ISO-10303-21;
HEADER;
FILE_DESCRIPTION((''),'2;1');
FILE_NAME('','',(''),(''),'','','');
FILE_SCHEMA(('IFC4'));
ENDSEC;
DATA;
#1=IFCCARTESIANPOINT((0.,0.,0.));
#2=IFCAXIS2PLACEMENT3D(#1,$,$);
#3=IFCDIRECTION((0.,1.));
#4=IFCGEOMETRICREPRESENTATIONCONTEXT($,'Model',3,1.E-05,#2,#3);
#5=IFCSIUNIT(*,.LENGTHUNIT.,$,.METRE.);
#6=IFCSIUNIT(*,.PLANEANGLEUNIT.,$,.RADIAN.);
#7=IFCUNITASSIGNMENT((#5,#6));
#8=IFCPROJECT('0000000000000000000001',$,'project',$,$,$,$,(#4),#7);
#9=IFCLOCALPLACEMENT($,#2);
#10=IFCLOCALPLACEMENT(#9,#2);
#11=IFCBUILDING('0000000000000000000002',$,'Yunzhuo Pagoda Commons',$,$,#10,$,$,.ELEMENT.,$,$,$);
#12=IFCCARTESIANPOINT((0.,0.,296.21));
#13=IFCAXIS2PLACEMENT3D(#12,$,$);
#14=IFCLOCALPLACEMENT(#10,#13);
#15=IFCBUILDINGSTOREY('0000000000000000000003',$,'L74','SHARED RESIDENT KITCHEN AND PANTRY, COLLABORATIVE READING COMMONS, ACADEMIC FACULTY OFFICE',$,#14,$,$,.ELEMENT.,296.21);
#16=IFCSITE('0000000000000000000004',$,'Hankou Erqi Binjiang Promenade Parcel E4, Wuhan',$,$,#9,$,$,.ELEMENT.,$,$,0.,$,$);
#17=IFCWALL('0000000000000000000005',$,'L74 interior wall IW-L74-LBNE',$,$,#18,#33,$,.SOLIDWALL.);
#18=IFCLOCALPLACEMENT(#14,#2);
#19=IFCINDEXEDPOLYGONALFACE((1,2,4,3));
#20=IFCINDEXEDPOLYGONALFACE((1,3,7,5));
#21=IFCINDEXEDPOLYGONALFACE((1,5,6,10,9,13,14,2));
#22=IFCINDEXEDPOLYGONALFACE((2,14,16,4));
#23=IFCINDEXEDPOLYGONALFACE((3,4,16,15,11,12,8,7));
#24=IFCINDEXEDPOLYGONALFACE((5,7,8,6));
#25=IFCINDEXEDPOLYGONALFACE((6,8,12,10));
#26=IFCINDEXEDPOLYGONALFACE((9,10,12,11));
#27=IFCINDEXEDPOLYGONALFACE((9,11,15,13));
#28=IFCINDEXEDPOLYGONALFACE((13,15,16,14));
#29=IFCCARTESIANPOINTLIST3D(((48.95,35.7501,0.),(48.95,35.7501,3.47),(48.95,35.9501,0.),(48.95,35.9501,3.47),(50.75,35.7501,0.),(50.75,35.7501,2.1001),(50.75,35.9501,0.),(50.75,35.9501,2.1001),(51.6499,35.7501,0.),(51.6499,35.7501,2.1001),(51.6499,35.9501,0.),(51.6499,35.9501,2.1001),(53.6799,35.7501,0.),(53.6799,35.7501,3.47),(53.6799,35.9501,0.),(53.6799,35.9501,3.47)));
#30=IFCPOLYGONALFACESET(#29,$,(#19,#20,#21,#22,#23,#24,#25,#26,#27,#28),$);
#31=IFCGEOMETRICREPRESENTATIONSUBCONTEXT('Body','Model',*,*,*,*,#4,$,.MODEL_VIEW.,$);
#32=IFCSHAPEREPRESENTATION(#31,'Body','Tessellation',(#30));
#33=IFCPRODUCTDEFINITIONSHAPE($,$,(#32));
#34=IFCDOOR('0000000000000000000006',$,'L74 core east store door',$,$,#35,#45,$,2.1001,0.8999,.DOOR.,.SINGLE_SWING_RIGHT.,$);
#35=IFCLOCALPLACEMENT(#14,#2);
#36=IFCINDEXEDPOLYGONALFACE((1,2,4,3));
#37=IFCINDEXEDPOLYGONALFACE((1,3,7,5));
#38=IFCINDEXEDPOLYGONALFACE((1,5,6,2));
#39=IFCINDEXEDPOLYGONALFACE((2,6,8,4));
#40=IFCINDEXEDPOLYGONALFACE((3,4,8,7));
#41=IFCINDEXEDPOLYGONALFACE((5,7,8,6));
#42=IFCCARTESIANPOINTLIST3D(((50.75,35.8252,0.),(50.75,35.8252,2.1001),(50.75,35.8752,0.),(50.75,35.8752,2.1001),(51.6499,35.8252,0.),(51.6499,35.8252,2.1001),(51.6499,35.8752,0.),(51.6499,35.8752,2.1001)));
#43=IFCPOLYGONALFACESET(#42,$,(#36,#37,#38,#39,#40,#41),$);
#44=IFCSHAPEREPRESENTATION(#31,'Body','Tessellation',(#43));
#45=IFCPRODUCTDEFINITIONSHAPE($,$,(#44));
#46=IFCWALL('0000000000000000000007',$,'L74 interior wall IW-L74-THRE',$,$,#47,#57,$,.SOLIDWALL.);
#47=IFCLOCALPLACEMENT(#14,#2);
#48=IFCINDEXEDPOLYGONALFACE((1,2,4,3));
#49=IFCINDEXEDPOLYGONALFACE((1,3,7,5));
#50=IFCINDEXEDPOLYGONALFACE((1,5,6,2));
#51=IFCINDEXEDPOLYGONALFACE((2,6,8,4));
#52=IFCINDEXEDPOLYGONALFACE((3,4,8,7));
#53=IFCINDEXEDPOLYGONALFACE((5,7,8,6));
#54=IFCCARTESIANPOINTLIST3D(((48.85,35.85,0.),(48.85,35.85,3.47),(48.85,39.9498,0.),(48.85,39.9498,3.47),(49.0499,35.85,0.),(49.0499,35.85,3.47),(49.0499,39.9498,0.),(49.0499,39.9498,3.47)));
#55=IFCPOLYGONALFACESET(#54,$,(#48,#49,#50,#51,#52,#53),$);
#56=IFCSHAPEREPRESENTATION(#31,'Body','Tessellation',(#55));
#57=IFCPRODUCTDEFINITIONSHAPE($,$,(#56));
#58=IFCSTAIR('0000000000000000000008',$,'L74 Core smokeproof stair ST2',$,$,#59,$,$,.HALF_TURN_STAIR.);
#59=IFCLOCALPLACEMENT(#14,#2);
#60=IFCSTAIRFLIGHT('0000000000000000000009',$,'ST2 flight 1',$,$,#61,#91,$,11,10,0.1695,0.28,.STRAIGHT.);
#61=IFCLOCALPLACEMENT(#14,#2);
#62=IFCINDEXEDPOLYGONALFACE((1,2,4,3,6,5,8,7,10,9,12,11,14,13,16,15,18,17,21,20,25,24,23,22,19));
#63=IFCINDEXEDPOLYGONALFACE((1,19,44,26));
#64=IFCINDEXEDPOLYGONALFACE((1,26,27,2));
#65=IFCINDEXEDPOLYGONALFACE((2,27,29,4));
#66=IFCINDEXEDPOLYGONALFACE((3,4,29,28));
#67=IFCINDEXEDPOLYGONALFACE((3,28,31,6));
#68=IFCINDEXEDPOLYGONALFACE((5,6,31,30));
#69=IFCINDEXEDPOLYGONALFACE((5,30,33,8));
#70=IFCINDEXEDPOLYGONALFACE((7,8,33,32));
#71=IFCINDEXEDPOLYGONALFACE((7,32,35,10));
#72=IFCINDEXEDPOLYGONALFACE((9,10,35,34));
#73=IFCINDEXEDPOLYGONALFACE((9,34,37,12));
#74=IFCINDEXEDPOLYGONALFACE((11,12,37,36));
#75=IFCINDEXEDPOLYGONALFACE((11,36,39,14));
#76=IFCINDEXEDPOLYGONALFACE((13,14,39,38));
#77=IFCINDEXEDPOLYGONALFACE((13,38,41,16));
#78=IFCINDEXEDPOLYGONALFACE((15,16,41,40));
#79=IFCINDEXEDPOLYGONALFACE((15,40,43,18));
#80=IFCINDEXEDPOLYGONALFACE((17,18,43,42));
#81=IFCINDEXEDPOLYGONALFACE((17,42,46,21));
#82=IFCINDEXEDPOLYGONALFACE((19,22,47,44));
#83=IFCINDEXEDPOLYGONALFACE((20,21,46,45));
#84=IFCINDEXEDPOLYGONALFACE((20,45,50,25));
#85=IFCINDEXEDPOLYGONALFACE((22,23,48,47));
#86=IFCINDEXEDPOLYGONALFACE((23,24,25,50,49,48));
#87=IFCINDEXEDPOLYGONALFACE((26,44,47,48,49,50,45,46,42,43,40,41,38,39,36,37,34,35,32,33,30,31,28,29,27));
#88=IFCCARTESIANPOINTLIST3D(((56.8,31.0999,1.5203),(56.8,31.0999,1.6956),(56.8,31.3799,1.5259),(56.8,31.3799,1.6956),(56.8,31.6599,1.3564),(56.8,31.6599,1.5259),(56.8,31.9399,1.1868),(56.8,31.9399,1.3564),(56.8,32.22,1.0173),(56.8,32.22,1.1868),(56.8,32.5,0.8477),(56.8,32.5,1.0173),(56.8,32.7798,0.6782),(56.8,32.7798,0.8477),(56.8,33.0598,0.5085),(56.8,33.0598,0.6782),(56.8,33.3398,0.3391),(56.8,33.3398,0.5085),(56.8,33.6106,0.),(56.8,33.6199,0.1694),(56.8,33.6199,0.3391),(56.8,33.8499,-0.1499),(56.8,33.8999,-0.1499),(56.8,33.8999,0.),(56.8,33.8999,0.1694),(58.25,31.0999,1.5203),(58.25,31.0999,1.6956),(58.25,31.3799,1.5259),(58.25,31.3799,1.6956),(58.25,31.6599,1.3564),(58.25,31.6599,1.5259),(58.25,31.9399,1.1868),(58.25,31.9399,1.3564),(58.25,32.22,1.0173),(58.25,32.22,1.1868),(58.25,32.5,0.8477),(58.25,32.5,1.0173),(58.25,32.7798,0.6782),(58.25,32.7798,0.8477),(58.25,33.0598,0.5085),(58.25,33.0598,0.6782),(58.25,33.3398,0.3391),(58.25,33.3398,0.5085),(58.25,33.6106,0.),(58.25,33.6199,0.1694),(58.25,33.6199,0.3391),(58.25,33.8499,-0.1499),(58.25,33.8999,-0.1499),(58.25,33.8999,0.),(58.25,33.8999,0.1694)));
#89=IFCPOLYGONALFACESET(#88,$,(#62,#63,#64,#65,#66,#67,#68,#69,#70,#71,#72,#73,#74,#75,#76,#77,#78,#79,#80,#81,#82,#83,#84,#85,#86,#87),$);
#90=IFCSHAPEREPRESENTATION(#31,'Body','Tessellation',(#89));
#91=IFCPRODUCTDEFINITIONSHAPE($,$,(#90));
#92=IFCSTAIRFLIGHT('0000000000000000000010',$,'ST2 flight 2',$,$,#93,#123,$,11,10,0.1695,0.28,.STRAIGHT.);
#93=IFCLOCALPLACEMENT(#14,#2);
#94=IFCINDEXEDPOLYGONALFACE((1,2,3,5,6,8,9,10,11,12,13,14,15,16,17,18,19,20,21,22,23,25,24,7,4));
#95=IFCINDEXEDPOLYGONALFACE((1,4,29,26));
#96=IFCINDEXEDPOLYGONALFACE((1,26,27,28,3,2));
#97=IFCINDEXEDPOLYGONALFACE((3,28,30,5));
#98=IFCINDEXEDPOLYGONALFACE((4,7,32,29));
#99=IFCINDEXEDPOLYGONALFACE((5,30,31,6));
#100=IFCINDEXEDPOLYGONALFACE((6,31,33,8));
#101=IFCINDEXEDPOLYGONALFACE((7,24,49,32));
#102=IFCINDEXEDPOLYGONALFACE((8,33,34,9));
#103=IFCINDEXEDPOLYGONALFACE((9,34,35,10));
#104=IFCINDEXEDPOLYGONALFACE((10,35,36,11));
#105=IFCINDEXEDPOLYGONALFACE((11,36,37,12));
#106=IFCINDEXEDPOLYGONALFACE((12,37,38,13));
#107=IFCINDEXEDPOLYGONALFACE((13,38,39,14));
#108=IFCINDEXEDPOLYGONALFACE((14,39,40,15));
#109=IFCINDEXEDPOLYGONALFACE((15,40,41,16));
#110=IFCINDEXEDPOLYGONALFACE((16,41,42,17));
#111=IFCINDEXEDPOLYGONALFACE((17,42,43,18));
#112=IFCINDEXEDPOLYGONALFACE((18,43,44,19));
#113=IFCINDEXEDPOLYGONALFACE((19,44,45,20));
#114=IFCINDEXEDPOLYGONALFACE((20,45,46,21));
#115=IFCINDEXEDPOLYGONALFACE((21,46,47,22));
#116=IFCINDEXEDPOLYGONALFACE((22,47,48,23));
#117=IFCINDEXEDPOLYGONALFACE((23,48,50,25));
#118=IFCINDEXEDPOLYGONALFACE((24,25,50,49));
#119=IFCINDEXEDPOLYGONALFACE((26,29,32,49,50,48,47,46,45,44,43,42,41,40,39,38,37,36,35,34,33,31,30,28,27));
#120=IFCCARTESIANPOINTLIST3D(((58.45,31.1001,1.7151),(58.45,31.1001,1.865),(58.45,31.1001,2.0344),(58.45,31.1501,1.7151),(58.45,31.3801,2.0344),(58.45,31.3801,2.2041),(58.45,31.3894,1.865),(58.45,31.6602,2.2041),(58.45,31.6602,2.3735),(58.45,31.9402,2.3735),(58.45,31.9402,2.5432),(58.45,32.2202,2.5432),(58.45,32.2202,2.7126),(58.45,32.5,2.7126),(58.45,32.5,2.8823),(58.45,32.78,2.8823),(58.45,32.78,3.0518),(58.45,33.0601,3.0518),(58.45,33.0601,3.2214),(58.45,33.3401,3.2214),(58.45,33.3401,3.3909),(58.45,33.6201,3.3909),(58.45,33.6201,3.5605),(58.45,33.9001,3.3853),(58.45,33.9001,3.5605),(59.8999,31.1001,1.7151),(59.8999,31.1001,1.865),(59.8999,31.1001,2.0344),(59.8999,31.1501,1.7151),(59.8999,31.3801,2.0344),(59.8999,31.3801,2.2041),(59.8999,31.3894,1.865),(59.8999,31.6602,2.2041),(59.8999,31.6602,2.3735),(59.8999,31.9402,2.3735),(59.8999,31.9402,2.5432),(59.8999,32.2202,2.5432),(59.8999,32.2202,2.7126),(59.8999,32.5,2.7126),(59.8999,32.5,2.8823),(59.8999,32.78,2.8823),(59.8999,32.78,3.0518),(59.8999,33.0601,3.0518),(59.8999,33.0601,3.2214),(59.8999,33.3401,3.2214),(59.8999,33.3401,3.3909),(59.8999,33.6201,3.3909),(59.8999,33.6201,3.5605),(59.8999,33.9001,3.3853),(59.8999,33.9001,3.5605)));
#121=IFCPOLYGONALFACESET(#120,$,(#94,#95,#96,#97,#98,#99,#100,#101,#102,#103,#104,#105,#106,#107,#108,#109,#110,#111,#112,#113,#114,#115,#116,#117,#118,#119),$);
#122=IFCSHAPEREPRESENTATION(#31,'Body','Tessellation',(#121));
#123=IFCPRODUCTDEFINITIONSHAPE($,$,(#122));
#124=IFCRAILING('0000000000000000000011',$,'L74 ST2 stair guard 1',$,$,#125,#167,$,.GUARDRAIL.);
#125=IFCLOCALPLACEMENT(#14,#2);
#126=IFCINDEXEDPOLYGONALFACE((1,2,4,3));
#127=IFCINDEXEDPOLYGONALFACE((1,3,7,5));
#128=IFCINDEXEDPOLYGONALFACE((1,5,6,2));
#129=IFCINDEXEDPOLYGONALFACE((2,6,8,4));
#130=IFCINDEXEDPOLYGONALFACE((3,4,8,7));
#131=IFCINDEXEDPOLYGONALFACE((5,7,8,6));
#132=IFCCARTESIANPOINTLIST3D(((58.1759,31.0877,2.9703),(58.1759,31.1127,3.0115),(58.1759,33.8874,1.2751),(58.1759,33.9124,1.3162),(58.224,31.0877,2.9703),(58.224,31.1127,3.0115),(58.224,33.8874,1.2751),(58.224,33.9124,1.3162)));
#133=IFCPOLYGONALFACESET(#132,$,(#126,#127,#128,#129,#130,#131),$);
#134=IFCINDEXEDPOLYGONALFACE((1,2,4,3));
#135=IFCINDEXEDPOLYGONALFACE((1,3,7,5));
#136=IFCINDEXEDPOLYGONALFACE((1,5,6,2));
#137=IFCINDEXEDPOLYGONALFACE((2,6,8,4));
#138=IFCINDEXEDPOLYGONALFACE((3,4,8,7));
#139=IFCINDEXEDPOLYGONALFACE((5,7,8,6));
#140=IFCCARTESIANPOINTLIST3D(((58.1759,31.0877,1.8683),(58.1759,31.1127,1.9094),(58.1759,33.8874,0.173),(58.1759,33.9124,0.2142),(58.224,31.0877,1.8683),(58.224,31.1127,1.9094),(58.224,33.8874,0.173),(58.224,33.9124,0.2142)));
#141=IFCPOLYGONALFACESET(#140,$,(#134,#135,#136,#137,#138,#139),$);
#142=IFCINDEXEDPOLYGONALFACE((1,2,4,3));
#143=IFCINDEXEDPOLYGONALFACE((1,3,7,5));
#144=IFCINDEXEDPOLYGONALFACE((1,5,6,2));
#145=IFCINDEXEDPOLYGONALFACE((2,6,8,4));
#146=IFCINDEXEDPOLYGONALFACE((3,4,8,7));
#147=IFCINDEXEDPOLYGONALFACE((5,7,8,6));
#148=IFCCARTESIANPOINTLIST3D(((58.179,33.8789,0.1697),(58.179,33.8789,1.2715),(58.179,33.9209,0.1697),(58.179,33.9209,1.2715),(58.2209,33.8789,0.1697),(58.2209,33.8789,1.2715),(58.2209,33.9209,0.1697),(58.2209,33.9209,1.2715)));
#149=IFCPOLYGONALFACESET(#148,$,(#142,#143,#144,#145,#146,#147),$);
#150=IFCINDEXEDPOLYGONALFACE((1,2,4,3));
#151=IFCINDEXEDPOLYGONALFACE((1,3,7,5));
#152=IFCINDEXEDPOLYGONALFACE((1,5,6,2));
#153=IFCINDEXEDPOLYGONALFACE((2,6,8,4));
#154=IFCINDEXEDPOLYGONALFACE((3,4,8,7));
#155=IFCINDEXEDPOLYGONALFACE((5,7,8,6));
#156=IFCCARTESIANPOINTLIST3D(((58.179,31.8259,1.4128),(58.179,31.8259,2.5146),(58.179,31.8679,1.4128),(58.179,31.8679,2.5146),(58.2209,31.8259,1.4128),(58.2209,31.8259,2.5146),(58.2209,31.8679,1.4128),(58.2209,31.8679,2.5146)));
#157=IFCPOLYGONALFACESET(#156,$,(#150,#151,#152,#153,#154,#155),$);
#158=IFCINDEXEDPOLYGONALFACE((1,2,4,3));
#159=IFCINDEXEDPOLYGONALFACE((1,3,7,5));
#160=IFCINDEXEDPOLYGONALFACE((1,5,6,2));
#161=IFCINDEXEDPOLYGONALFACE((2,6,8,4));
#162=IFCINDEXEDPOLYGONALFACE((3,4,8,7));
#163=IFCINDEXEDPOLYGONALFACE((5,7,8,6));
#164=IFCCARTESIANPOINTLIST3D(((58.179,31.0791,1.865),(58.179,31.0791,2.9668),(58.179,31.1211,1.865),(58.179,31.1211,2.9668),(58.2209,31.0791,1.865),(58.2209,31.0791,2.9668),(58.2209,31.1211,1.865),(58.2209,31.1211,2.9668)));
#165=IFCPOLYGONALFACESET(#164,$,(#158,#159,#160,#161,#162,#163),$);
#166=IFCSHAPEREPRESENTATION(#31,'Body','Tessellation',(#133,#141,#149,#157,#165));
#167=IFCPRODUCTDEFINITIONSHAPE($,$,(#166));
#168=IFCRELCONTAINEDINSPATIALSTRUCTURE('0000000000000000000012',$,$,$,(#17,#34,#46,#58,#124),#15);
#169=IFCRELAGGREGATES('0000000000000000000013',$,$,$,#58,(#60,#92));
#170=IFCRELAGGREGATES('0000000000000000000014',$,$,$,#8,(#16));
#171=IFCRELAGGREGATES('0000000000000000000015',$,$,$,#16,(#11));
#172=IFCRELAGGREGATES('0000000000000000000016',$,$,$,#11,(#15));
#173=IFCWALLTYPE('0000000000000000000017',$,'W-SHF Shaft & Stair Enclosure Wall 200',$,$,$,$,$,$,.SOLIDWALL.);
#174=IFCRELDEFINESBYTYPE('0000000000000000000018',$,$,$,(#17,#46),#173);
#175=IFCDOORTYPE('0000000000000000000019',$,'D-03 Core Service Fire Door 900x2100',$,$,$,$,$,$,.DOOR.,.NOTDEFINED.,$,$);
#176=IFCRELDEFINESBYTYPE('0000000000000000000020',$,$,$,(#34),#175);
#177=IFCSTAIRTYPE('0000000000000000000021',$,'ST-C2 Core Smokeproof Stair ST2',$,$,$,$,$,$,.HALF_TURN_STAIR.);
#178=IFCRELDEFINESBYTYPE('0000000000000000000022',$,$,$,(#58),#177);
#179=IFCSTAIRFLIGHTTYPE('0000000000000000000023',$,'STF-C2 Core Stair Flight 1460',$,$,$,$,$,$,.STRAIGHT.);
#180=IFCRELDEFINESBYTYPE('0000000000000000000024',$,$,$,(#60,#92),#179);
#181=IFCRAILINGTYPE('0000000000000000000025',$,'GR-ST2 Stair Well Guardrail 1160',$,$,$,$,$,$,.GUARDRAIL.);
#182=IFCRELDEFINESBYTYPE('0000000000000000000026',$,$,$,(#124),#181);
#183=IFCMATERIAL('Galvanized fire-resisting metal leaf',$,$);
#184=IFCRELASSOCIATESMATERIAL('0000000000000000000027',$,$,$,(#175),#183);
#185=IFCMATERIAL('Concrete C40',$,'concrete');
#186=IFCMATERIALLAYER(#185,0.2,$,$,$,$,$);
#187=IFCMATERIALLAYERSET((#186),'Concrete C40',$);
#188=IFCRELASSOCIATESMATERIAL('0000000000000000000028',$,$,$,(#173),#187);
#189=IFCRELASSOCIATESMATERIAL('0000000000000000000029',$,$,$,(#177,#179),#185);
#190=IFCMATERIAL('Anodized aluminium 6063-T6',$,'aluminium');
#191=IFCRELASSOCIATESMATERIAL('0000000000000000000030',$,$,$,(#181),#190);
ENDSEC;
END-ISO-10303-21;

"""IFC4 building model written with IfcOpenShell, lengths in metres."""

from ifc_helpers import new_model, si_unit, direction, frame, frame_2d, origin, origin_2d, place, context, subcontext, project, spatial, polyline, rectangle, outline, extrude, source, transform, mapped, material, layer, layer_set, type_object, element, fill, aggregate, save


model = new_model("IFC4")

# Units and contexts
model_context = context("Model", 3, precision=1e-05, world=origin(), true_north=direction((0.0, 1.0)))
body_context = subcontext(model_context, "Body", "Model", "MODEL_VIEW")
ifc_project = project(units=[si_unit("LENGTHUNIT", "METRE"), si_unit("PLANEANGLEUNIT", "RADIAN")], contexts=[model_context])

# Site, building, storey
site_placement = place(None, origin())
site = spatial("IfcSite", under=ifc_project, at=site_placement, Name="Hankou Erqi Binjiang Promenade Parcel E4, Wuhan", CompositionType="ELEMENT", RefElevation=0.0)
building_placement = place(site_placement, origin())
building = spatial("IfcBuilding", under=site, at=building_placement, Name="Yunzhuo Pagoda Commons", CompositionType="ELEMENT")
storey_placement = place(building_placement, frame((0.0, 0.0, 296.21)))
storey = spatial("IfcBuildingStorey", under=building, at=storey_placement, Name="L74", Description="SHARED RESIDENT KITCHEN AND PANTRY, COLLABORATIVE READING COMMONS, ACADEMIC FACULTY OFFICE", CompositionType="ELEMENT", Elevation=296.21)

# Shared definitions
ifc_material_1 = material(Name="Galvanized fire-resisting metal leaf")

# Shared definitions
door_type_1 = type_object("IfcDoorType", Name="D-03 Core Service Fire Door 900x2100", OperationType="NOTDEFINED", PredefinedType="DOOR", material=ifc_material_1)
shared_shape_1 = source(origin(), body_context, "Body", "SweptSolid", [
    extrude(rectangle(XDim=0.8999, YDim=2.1001, at=frame_2d((0.45, 1.05))), frame((0.0, 0.0249, 0.0), z_axis=(0.0, -1.0, 0.0), x_axis=(1.0, 0.0, 0.0)), (0.0, 0.0, 1.0), 0.05),
])

# Shared definitions
ifc_material_2 = material(Name="Concrete C40", Category="concrete")
ifc_layer_1 = layer(ifc_material_2, 0.2)
ifc_layer_set_1 = layer_set([ifc_layer_1], Name="Concrete C40")
wall_type_1 = type_object("IfcWallType", Name="W-SHF Shaft & Stair Enclosure Wall 200", PredefinedType="SOLIDWALL", material=ifc_layer_set_1)

# Wall, opening, door
wall_1_placement = place(storey_placement, frame((48.95, 35.8501, 0.0), z_axis=(0.0, 0.0, 1.0), x_axis=(1.0, 0.0, 0.0)))
wall_1 = element("IfcWall", 1, at=wall_1_placement, inside=storey, type_object=wall_type_1, Name="L74 interior wall IW-L74-LBNE", PredefinedType="SOLIDWALL", context=body_context, shape_type="SweptSolid", body=[
    extrude(rectangle(XDim=4.73, YDim=0.2, at=frame_2d((2.365, 0.0))), origin(), (0.0, 0.0, 1.0), 3.47),
])
opening_1_placement = place(wall_1_placement, frame((1.8, 0.0, 0.0)))
opening_1 = element("IfcOpeningElement", 2, at=opening_1_placement, cuts=wall_1, PredefinedType="OPENING", context=body_context, shape_type="SweptSolid", body=[
    extrude(rectangle(XDim=0.8999, YDim=2.1001, at=frame_2d((0.45, 1.05))), frame((0.0, 0.1099, 0.0), z_axis=(0.0, -1.0, 0.0), x_axis=(1.0, 0.0, 0.0)), (0.0, 0.0, 1.0), 0.22),
])
door_1_placement = place(opening_1_placement, frame((0.8999, 0.0, 0.0), z_axis=(0.0, 0.0, 1.0), x_axis=(-1.0, 0.0, 0.0)))
door_1 = element("IfcDoor", 3, at=door_1_placement, inside=storey, type_object=door_type_1, Name="L74 core east store door", OperationType="SINGLE_SWING_RIGHT", OverallHeight=2.1001, OverallWidth=0.8999, PredefinedType="DOOR", context=body_context, shape_type="MappedRepresentation", body=[
    mapped(shared_shape_1, transform((0.0, 0.0, 0.0), scale=1.0)),
])
fill(opening_1, door_1)

# Wall
wall_2_placement = place(storey_placement, frame((48.95, 35.8501, 0.0), z_axis=(0.0, 0.0, 1.0), x_axis=(0.0, 1.0, 0.0)))
element("IfcWall", 4, at=wall_2_placement, inside=storey, type_object=wall_type_1, Name="L74 interior wall IW-L74-THRE", PredefinedType="SOLIDWALL", context=body_context, shape_type="SweptSolid", body=[
    extrude(rectangle(XDim=4.0999, YDim=0.2, at=frame_2d((2.0498, 0.0))), origin(), (0.0, 0.0, 1.0), 3.47),
])

# Stair, stair flights
stair_type = type_object("IfcStairType", Name="ST-C2 Core Smokeproof Stair ST2", PredefinedType="HALF_TURN_STAIR", material=ifc_material_2)
stair_placement = place(storey_placement, origin())
stair = element("IfcStair", 5, at=stair_placement, inside=storey, type_object=stair_type, Name="L74 Core smokeproof stair ST2", PredefinedType="HALF_TURN_STAIR")
stair_flight_type = type_object("IfcStairFlightType", Name="STF-C2 Core Stair Flight 1460", PredefinedType="STRAIGHT", material=ifc_material_2)
shared_shape_2 = source(origin(), body_context, "Body", "SweptSolid", [
    extrude(outline(polyline([(0.0, -0.1499), (0.0, 0.0), (0.0, 0.1694), (0.28, 0.1694), (0.28, 0.3391), (0.5601, 0.3391), (0.5601, 0.5085), (0.8401, 0.5085), (0.8401, 0.6782), (1.1201, 0.6782), (1.1201, 0.8477), (1.3999, 0.8477), (1.3999, 1.0173), (1.6799, 1.0173), (1.6799, 1.1868), (1.96, 1.1868), (1.96, 1.3564), (2.24, 1.3564), (2.24, 1.5259), (2.52, 1.5259), (2.52, 1.6956), (2.8, 1.6956), (2.8, 1.865), (2.8, 1.5203), (0.2893, 0.0), (0.05, -0.1499), (0.0, -0.1499)])), frame((0.0, 0.7251, 0.0), z_axis=(0.0, -1.0, 0.0), x_axis=(1.0, 0.0, 0.0)), (0.0, 0.0, 1.0), 1.45),
])
stair_flight_1_placement = place(storey_placement, frame((57.5249, 33.8999, 0.0), z_axis=(0.0, 0.0, 1.0), x_axis=(0.0, -1.0, 0.0)))
stair_flight_1 = element("IfcStairFlight", 6, at=stair_flight_1_placement, type_object=stair_flight_type, Name="ST2 flight 1", NumberOfRisers=11, NumberOfTreads=10, PredefinedType="STRAIGHT", RiserHeight=0.1695, TreadLength=0.28, context=body_context, shape_type="MappedRepresentation", body=[
    mapped(shared_shape_2, transform((0.0, 0.0, 0.0), scale=1.0)),
])
stair_flight_2_placement = place(storey_placement, frame((59.175, 31.1001, 1.865), z_axis=(0.0, 0.0, 1.0), x_axis=(0.0, 1.0, 0.0)))
stair_flight_2 = element("IfcStairFlight", 7, at=stair_flight_2_placement, type_object=stair_flight_type, Name="ST2 flight 2", NumberOfRisers=11, NumberOfTreads=10, PredefinedType="STRAIGHT", RiserHeight=0.1695, TreadLength=0.28, context=body_context, shape_type="MappedRepresentation", body=[
    mapped(shared_shape_2, transform((0.0, 0.0, 0.0), scale=1.0)),
])
aggregate(stair, [stair_flight_1, stair_flight_2])

# Railing
ifc_material_3 = material(Name="Anodized aluminium 6063-T6", Category="aluminium")
railing_type_1 = type_object("IfcRailingType", Name="GR-ST2 Stair Well Guardrail 1160", PredefinedType="GUARDRAIL", material=ifc_material_3)
railing_1_placement = place(storey_placement, frame((58.2, 33.8999, 0.1697)))
element("IfcRailing", 8, at=railing_1_placement, inside=storey, type_object=railing_type_1, Name="L74 ST2 stair guard 1", PredefinedType="GUARDRAIL", context=body_context, shape_type="SweptSolid", body=[
    extrude(rectangle(XDim=0.0481, YDim=0.0481, at=origin_2d()), frame((0.0, 0.0, 1.126), z_axis=(0.0, -0.855406, 0.517958), x_axis=(1.0, 0.0, 0.0)), (0.0, 0.0, 1.0), 3.2729),
    extrude(rectangle(XDim=0.0481, YDim=0.0481, at=origin_2d()), frame((0.0, 0.0, 0.0239), z_axis=(0.0, -0.855406, 0.517958), x_axis=(1.0, 0.0, 0.0)), (0.0, 0.0, 1.0), 3.2729),
    extrude(rectangle(XDim=0.042, YDim=0.042, at=origin_2d()), origin(), (0.0, 0.0, 1.0), 1.1018),
    extrude(rectangle(XDim=0.042, YDim=0.042, at=origin_2d()), frame((0.0, -2.053, 1.2432)), (0.0, 0.0, 1.0), 1.1018),
    extrude(rectangle(XDim=0.042, YDim=0.042, at=origin_2d()), frame((0.0, -2.7998, 1.6953)), (0.0, 0.0, 1.0), 1.1018),
])

save(model, "model.ifc")
